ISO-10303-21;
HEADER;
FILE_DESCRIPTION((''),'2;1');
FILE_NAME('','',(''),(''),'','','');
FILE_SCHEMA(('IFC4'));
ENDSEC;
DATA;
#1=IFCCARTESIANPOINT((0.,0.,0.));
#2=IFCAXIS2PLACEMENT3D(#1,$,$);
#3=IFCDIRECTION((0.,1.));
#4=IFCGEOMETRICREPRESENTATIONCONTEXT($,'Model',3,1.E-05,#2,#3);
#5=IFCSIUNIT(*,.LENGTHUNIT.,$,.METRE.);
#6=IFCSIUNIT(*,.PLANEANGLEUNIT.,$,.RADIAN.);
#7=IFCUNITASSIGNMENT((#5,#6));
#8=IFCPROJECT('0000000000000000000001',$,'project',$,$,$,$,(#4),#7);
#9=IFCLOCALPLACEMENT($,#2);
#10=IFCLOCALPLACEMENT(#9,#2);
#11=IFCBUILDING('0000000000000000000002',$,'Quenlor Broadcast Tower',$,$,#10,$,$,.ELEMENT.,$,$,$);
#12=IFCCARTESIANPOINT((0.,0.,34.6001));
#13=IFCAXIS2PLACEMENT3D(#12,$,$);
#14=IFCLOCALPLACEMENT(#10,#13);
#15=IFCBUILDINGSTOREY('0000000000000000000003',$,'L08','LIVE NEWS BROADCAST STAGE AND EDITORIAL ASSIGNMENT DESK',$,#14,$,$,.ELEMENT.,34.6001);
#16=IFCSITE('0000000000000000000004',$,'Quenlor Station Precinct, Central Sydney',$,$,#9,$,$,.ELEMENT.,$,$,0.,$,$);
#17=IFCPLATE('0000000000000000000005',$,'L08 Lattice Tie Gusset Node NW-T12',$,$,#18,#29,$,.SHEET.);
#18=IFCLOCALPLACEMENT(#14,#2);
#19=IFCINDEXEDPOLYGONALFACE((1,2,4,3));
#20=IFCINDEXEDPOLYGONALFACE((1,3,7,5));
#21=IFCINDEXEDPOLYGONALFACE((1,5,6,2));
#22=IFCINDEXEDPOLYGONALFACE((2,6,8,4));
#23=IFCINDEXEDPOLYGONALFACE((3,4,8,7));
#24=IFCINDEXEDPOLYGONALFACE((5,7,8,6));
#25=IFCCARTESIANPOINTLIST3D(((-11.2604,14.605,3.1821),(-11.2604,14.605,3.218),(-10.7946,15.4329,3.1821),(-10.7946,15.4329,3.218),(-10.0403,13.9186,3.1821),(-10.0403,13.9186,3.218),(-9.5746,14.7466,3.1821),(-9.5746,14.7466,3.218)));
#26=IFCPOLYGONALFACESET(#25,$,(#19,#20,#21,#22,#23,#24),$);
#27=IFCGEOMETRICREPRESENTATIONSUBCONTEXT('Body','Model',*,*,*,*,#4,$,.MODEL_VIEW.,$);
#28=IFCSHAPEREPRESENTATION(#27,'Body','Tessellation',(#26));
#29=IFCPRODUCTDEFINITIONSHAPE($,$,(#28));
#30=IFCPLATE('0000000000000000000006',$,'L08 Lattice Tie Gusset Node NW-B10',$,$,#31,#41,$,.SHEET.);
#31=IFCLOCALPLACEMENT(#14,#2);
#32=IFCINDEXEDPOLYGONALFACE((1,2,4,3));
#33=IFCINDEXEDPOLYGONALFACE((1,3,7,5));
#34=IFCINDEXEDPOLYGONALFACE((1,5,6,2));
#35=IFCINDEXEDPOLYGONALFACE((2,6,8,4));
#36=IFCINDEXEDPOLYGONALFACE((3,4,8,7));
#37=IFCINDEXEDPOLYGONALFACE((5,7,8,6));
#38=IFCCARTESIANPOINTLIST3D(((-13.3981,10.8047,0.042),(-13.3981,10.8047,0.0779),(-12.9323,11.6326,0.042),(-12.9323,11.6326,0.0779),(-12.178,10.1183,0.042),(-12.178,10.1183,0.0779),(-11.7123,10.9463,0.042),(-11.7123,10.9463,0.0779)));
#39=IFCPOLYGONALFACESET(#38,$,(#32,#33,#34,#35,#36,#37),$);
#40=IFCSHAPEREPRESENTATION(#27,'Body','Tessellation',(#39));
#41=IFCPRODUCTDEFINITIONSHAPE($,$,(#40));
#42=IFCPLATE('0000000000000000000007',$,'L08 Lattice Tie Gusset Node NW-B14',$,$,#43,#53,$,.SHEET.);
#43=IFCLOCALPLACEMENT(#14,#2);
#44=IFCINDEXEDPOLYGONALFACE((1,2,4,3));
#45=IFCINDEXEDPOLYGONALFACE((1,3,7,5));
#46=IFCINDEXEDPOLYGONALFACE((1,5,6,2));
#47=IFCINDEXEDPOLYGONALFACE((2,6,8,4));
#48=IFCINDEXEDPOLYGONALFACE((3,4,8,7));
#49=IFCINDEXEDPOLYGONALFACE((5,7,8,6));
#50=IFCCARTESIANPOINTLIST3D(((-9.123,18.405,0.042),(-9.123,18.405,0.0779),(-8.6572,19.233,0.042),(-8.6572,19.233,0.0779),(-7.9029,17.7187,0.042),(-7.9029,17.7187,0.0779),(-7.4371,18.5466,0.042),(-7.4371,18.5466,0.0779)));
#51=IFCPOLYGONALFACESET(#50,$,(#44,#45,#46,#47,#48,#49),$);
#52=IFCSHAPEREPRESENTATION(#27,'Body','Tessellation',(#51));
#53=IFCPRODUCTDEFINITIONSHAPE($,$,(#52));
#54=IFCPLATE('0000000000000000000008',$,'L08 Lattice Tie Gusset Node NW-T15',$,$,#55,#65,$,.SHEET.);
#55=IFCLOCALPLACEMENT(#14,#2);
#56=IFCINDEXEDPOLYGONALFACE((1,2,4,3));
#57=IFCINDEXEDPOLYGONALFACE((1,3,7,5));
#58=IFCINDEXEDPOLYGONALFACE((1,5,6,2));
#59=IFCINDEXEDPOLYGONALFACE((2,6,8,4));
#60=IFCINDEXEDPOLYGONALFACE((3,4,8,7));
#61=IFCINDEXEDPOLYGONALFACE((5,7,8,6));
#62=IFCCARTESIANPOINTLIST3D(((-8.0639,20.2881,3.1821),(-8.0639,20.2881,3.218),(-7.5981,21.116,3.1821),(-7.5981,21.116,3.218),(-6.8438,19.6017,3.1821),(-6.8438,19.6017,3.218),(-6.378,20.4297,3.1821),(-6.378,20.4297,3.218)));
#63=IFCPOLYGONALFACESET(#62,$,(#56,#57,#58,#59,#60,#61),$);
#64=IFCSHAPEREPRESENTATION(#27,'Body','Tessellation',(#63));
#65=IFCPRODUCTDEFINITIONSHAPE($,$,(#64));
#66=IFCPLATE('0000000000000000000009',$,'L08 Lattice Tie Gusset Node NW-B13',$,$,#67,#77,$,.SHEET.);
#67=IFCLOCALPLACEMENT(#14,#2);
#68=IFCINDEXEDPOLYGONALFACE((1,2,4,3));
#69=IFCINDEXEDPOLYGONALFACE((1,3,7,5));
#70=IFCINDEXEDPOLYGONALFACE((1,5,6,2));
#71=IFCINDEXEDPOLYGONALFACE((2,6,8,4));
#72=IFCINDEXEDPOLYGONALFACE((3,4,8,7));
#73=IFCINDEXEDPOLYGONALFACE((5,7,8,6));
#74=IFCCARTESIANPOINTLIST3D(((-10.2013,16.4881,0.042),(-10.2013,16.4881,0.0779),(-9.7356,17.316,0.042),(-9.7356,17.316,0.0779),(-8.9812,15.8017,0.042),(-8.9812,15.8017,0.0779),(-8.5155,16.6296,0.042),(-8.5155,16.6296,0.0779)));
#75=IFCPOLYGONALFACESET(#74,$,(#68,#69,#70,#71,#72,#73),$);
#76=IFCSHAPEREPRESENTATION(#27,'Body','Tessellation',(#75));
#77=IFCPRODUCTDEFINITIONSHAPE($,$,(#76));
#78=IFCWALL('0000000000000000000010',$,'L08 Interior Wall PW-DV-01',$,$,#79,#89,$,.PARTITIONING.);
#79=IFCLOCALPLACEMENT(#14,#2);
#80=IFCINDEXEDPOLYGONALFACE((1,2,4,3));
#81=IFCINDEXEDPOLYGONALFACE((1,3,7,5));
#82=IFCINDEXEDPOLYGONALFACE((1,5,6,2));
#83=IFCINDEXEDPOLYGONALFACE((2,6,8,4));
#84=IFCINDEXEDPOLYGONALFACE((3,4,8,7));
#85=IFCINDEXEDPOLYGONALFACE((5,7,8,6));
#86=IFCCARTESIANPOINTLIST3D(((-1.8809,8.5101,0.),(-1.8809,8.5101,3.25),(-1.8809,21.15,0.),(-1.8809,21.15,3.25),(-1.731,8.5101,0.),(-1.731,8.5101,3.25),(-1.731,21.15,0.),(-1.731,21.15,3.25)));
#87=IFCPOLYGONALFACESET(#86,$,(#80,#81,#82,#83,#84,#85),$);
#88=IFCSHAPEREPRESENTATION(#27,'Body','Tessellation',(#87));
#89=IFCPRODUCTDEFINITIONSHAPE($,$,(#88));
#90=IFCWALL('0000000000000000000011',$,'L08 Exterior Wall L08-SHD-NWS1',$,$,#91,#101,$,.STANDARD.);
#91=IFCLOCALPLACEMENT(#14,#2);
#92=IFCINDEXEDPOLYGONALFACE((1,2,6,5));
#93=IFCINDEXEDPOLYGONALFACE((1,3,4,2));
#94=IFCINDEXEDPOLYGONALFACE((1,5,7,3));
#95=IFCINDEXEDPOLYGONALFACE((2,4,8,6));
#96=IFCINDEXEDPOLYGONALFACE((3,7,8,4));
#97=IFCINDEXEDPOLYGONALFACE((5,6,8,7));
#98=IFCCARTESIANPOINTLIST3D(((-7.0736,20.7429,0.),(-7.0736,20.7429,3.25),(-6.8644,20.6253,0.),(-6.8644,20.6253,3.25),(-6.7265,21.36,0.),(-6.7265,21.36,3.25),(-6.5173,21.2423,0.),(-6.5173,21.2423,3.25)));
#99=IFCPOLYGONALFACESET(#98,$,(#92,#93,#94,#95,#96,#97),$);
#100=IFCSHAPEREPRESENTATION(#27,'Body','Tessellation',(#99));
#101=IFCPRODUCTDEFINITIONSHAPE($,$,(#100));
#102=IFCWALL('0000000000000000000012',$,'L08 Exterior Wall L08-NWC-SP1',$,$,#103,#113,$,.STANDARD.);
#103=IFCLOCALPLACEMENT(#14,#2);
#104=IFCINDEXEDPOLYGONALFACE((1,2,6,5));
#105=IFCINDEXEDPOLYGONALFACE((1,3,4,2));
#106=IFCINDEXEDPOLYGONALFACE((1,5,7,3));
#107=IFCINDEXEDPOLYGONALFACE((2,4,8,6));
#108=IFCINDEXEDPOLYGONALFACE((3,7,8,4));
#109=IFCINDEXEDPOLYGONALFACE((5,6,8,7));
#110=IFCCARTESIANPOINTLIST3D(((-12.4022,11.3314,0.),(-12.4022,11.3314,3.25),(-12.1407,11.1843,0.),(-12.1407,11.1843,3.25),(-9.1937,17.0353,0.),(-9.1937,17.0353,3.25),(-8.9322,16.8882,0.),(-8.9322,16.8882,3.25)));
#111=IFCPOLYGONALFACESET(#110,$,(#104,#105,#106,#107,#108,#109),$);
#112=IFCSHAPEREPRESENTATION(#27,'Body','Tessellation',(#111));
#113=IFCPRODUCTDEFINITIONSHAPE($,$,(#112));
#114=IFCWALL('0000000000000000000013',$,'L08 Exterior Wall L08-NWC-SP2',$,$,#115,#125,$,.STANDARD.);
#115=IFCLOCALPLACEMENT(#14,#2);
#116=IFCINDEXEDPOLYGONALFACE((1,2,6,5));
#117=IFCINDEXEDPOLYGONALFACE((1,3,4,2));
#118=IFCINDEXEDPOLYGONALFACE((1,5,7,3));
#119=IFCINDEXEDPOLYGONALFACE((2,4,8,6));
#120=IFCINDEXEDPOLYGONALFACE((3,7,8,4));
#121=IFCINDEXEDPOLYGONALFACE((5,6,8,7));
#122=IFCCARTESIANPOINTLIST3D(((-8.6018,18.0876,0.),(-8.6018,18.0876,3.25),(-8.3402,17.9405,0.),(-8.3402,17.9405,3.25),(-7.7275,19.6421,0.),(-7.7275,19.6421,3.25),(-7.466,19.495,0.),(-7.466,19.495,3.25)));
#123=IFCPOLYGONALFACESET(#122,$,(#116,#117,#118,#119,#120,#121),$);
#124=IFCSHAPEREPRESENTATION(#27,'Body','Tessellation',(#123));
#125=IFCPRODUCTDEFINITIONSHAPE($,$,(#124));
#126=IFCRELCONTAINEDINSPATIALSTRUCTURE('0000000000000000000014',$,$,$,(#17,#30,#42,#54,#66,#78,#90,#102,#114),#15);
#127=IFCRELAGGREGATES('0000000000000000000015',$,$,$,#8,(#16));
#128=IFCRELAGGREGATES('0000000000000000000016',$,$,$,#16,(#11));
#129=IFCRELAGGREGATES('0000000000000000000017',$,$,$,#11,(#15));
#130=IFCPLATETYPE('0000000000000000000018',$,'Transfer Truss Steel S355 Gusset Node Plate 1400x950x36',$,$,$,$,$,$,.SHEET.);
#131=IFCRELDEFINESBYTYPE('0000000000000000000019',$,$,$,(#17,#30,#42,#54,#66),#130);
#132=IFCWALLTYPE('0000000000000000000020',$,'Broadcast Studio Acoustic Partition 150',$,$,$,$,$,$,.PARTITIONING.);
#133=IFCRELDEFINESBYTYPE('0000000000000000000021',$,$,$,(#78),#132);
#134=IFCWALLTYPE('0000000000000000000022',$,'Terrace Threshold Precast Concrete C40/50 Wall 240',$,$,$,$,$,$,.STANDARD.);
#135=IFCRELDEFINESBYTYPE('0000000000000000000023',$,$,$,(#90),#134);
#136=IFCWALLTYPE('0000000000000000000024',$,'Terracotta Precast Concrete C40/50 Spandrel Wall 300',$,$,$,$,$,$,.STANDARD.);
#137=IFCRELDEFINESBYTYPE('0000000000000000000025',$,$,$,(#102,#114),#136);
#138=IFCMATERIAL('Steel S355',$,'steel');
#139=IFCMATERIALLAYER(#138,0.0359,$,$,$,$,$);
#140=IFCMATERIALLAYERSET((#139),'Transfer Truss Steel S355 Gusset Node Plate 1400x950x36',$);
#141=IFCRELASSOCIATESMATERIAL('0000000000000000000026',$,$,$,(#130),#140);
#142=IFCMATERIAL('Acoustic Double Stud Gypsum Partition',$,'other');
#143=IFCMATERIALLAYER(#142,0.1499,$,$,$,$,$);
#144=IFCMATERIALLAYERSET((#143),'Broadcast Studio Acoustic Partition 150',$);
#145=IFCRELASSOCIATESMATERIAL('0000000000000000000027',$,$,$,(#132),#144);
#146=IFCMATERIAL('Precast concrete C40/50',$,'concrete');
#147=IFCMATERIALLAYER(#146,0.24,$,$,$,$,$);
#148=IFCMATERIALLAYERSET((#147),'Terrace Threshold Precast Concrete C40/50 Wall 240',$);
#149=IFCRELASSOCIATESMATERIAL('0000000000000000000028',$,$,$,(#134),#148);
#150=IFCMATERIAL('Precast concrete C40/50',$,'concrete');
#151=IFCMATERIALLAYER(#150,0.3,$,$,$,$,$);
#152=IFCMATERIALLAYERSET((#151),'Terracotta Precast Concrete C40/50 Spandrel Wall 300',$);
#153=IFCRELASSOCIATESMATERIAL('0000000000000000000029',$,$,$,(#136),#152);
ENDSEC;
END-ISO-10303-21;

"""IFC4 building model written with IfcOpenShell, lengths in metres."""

from ifc_helpers import new_model, si_unit, direction, frame, frame_2d, origin, origin_2d, place, context, subcontext, project, spatial, rectangle, extrude, material, layer, layer_set, type_object, element, save


model = new_model("IFC4")

# Units and contexts
model_context = context("Model", 3, precision=1e-05, world=origin(), true_north=direction((0.0, 1.0)))
body_context = subcontext(model_context, "Body", "Model", "MODEL_VIEW")
ifc_project = project(units=[si_unit("LENGTHUNIT", "METRE"), si_unit("PLANEANGLEUNIT", "RADIAN")], contexts=[model_context])

# Site, building, storey
site_placement = place(None, origin())
site = spatial("IfcSite", under=ifc_project, at=site_placement, Name="Quenlor Station Precinct, Central Sydney", CompositionType="ELEMENT", RefElevation=0.0)
building_placement = place(site_placement, origin())
building = spatial("IfcBuilding", under=site, at=building_placement, Name="Quenlor Broadcast Tower", CompositionType="ELEMENT")
storey_placement = place(building_placement, frame((0.0, 0.0, 34.6001)))
storey = spatial("IfcBuildingStorey", under=building, at=storey_placement, Name="L08", Description="LIVE NEWS BROADCAST STAGE AND EDITORIAL ASSIGNMENT DESK", CompositionType="ELEMENT", Elevation=34.6001)

# Plates
ifc_material_1 = material(Name="Steel S355", Category="steel")
ifc_layer_1 = layer(ifc_material_1, 0.0359)
ifc_layer_set_1 = layer_set([ifc_layer_1], Name="Transfer Truss Steel S355 Gusset Node Plate 1400x950x36")
plate_type_1 = type_object("IfcPlateType", Name="Transfer Truss Steel S355 Gusset Node Plate 1400x950x36", PredefinedType="SHEET", material=ifc_layer_set_1)
for number, where, z_axis, x_axis, name in (
    (1, (-10.4175, 14.6758, 3.1821), (0.0, 0.0, 1.0), (-0.871556, 0.490295, 0.0), "L08 Lattice Tie Gusset Node NW-T12"),
    (2, (-12.5552, 10.8755, 0.042), (0.0, 0.0, 1.0), (-0.871556, 0.490295, 0.0), "L08 Lattice Tie Gusset Node NW-B10"),
    (3, (-8.28, 18.4758, 0.042), (0.0, 0.0, 1.0), (-0.871556, 0.490295, 0.0), "L08 Lattice Tie Gusset Node NW-B14"),
    (4, (-7.2209, 20.3589, 3.1821), (0.0, 0.0, 1.0), (-0.871556, 0.490295, 0.0), "L08 Lattice Tie Gusset Node NW-T15"),
    (5, (-9.3584, 16.5588, 0.042), (0.0, 0.0, 1.0), (-0.871556, 0.490295, 0.0), "L08 Lattice Tie Gusset Node NW-B13"),
):
    element("IfcPlate", number, at=place(storey_placement, frame(where, z_axis=z_axis, x_axis=x_axis)), inside=storey, type_object=plate_type_1, Name=name, PredefinedType="SHEET", context=body_context, shape_type="SweptSolid", body=[
        extrude(rectangle(XDim=1.3999, YDim=0.95, at=origin_2d()), origin(), (0.0, 0.0, 1.0), 0.0359),
    ])

# Walls
ifc_material_2 = material(Name="Acoustic Double Stud Gypsum Partition", Category="other")
ifc_layer_2 = layer(ifc_material_2, 0.1499)
ifc_layer_set_2 = layer_set([ifc_layer_2], Name="Broadcast Studio Acoustic Partition 150")
wall_type_1 = type_object("IfcWallType", Name="Broadcast Studio Acoustic Partition 150", PredefinedType="PARTITIONING", material=ifc_layer_set_2)
wall_1_placement = place(storey_placement, frame((-1.8059, 21.1499, 0.0), z_axis=(0.0, 0.0, 1.0), x_axis=(0.0, -1.0, 0.0)))
element("IfcWall", 6, at=wall_1_placement, inside=storey, type_object=wall_type_1, Name="L08 Interior Wall PW-DV-01", PredefinedType="PARTITIONING", context=body_context, shape_type="SweptSolid", body=[
    extrude(rectangle(XDim=12.6399, YDim=0.1499, at=frame_2d((6.3198, 0.0))), origin(), (0.0, 0.0, 1.0), 3.25),
])
ifc_material_3 = material(Name="Precast concrete C40/50", Category="concrete")
ifc_layer_3 = layer(ifc_material_3, 0.24)
ifc_layer_set_3 = layer_set([ifc_layer_3], Name="Terrace Threshold Precast Concrete C40/50 Wall 240")
wall_type_2 = type_object("IfcWallType", Name="Terrace Threshold Precast Concrete C40/50 Wall 240", PredefinedType="STANDARD", material=ifc_layer_set_3)
wall_2_placement = place(storey_placement, frame((-6.969, 20.6841, 0.0), z_axis=(0.0, 0.0, 1.0), x_axis=(0.490261, 0.871576, 0.0)))
element("IfcWall", 7, at=wall_2_placement, inside=storey, type_object=wall_type_2, Name="L08 Exterior Wall L08-SHD-NWS1", PredefinedType="STANDARD", context=body_context, shape_type="SweptSolid", body=[
    extrude(rectangle(XDim=0.708, YDim=0.24, at=frame_2d((0.354, 0.0))), origin(), (0.0, 0.0, 1.0), 3.25),
])
ifc_material_4 = material(Name="Precast concrete C40/50", Category="concrete")
ifc_layer_4 = layer(ifc_material_4, 0.3)
ifc_layer_set_4 = layer_set([ifc_layer_4], Name="Terracotta Precast Concrete C40/50 Spandrel Wall 300")
wall_type_3 = type_object("IfcWallType", Name="Terracotta Precast Concrete C40/50 Spandrel Wall 300", PredefinedType="STANDARD", material=ifc_layer_set_4)
wall_3_placement = place(storey_placement, frame((-12.2715, 11.2578, 0.0), z_axis=(0.0, 0.0, 1.0), x_axis=(0.49027, 0.871571, 0.0)))
element("IfcWall", 8, at=wall_3_placement, inside=storey, type_object=wall_type_3, Name="L08 Exterior Wall L08-NWC-SP1", PredefinedType="STANDARD", context=body_context, shape_type="SweptSolid", body=[
    extrude(rectangle(XDim=6.5444, YDim=0.3, at=frame_2d((3.2722, 0.0))), origin(), (0.0, 0.0, 1.0), 3.25),
])
wall_4_placement = place(storey_placement, frame((-8.4709, 18.0142, 0.0), z_axis=(0.0, 0.0, 1.0), x_axis=(0.490216, 0.871601, 0.0)))
element("IfcWall", 9, at=wall_4_placement, inside=storey, type_object=wall_type_3, Name="L08 Exterior Wall L08-NWC-SP2", PredefinedType="STANDARD", context=body_context, shape_type="SweptSolid", body=[
    extrude(rectangle(XDim=1.7834, YDim=0.3, at=frame_2d((0.8916, 0.0))), origin(), (0.0, 0.0, 1.0), 3.25),
])

save(model, "model.ifc")
